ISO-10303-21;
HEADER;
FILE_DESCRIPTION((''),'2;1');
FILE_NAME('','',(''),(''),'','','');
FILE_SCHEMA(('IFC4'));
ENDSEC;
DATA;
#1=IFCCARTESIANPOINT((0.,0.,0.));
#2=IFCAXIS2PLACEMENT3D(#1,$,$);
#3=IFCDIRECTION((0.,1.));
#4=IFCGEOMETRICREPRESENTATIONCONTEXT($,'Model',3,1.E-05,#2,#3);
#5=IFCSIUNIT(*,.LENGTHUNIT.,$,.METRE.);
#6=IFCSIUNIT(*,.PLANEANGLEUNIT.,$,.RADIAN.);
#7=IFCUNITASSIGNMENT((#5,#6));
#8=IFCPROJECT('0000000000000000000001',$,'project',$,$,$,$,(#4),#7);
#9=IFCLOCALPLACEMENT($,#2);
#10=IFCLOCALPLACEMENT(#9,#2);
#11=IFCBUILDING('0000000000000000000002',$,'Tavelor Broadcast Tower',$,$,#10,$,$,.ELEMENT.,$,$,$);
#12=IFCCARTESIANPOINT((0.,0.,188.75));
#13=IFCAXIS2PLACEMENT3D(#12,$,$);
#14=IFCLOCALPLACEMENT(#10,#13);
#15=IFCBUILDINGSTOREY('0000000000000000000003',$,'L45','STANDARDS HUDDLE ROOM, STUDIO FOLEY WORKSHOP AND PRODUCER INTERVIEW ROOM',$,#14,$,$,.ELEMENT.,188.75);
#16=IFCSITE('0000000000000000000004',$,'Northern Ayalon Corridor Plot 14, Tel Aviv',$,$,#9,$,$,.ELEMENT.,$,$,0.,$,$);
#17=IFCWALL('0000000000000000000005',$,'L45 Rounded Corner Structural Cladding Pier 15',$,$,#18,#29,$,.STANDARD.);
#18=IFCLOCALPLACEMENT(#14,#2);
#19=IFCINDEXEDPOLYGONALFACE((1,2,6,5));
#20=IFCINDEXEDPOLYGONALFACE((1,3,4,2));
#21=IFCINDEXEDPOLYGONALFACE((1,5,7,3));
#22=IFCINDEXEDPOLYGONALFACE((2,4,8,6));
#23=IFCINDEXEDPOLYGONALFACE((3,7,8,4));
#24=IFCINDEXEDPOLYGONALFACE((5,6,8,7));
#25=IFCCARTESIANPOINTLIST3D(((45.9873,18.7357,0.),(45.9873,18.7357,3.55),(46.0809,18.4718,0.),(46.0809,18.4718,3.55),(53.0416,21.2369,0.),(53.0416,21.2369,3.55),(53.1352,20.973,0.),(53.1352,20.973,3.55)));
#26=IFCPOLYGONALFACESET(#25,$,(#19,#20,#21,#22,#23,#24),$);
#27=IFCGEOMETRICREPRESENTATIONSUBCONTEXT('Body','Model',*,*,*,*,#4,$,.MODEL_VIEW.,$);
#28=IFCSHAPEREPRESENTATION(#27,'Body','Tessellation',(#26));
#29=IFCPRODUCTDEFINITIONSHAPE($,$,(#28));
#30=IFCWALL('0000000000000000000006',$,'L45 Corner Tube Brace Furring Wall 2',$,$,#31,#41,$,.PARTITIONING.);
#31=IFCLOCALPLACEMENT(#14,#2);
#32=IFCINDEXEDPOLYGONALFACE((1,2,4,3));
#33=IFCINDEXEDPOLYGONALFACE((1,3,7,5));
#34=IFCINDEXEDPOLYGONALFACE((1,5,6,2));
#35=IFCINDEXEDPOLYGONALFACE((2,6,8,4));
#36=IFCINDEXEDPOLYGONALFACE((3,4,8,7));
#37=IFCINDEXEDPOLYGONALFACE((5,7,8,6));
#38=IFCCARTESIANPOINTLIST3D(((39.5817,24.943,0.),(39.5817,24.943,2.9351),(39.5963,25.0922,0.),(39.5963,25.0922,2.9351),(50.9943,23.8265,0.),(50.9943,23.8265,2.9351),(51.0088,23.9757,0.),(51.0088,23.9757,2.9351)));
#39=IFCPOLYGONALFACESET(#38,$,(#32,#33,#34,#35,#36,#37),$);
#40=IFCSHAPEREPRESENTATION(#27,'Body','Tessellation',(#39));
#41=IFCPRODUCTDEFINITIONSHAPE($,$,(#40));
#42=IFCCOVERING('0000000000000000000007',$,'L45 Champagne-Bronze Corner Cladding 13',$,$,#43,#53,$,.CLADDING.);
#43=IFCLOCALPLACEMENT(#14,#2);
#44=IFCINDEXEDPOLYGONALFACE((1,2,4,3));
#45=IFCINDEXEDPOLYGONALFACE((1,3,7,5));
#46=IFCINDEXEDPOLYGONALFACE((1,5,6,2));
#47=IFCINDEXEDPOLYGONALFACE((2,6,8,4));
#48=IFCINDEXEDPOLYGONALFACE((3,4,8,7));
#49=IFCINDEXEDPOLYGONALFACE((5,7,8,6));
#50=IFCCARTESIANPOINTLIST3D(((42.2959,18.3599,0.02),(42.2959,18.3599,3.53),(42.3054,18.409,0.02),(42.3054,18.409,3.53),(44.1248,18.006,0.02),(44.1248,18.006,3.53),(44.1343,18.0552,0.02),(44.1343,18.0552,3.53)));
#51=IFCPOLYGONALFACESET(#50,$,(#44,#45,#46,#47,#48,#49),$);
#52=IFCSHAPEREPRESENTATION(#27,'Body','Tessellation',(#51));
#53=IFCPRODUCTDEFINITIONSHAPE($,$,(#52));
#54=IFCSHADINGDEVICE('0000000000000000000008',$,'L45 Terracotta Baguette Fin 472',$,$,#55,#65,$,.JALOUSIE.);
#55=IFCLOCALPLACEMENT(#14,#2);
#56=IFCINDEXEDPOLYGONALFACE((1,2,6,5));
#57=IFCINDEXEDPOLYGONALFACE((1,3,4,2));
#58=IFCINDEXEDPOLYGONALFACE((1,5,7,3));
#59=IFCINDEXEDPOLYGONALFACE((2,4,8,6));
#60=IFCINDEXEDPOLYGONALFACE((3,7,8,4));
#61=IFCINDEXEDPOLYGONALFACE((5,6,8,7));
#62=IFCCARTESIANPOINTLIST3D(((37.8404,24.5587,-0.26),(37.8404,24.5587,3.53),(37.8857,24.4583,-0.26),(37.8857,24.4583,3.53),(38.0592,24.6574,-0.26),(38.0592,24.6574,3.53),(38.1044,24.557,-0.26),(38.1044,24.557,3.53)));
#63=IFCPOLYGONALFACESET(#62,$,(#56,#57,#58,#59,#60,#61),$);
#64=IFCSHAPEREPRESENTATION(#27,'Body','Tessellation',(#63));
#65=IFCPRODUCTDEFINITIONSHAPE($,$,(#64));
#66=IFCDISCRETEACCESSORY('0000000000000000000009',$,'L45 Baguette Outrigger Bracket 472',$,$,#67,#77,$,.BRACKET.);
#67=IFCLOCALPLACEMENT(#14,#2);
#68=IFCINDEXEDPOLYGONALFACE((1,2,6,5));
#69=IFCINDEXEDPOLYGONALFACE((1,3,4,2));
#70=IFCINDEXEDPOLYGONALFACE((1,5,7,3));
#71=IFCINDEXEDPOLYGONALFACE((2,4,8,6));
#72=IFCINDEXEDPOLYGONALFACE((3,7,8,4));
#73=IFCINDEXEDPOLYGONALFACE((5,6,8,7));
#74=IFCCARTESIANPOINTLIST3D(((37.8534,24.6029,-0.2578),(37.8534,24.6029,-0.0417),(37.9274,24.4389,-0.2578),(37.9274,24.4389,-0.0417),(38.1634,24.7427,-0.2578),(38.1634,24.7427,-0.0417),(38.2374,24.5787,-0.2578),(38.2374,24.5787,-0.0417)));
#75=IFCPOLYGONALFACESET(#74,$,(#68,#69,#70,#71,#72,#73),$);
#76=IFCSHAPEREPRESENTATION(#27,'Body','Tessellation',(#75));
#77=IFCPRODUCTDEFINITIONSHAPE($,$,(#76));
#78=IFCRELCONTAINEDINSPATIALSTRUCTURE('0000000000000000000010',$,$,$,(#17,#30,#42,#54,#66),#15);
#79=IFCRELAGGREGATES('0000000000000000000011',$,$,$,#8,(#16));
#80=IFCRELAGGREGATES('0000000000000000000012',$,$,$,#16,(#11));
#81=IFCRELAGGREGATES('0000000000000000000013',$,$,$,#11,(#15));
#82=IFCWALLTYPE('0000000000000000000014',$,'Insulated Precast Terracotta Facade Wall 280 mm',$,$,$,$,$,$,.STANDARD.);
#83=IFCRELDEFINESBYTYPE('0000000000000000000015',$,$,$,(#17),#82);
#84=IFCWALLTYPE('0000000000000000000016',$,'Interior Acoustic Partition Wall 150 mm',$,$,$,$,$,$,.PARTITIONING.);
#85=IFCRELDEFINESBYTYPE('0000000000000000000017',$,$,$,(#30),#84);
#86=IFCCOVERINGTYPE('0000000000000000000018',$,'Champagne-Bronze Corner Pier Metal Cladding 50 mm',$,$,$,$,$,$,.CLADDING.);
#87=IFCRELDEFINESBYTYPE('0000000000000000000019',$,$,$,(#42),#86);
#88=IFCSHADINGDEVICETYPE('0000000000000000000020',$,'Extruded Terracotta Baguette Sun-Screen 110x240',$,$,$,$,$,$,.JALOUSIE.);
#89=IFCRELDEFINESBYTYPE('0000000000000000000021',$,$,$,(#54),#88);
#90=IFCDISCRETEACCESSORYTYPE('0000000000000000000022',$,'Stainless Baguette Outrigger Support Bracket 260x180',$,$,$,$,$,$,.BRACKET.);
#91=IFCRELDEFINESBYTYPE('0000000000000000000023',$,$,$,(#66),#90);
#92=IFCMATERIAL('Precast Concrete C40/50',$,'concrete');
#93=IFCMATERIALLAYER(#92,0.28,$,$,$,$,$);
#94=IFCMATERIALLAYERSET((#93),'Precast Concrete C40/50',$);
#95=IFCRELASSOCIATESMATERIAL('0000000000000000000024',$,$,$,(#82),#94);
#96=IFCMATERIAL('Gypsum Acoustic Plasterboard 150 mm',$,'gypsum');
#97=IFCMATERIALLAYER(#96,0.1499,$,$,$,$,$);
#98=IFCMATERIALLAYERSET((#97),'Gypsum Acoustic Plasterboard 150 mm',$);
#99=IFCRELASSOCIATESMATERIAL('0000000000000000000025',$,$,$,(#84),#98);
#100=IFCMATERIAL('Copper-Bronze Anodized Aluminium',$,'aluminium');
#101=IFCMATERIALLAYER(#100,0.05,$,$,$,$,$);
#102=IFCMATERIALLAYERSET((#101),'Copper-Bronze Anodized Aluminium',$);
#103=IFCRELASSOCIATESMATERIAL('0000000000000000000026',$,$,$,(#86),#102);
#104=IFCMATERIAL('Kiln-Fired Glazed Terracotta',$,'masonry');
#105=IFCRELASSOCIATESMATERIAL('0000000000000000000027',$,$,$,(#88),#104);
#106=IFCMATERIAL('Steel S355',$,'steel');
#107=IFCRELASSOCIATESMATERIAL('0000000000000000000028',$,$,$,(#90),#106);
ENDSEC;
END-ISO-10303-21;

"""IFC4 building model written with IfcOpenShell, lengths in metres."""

from ifc_helpers import new_model, si_unit, direction, frame, frame_2d, origin, origin_2d, place, context, subcontext, project, spatial, rectangle, extrude, source, transform, mapped, material, layer, layer_set, type_object, type_shapes, element, save


model = new_model("IFC4")

# Units and contexts
model_context = context("Model", 3, precision=1e-05, world=origin(), true_north=direction((0.0, 1.0)))
body_context = subcontext(model_context, "Body", "Model", "MODEL_VIEW")
ifc_project = project(units=[si_unit("LENGTHUNIT", "METRE"), si_unit("PLANEANGLEUNIT", "RADIAN")], contexts=[model_context])

# Site, building, storey
site_placement = place(None, origin())
site = spatial("IfcSite", under=ifc_project, at=site_placement, Name="Northern Ayalon Corridor Plot 14, Tel Aviv", CompositionType="ELEMENT", RefElevation=0.0)
building_placement = place(site_placement, origin())
building = spatial("IfcBuilding", under=site, at=building_placement, Name="Tavelor Broadcast Tower", CompositionType="ELEMENT")
storey_placement = place(building_placement, frame((0.0, 0.0, 188.75)))
storey = spatial("IfcBuildingStorey", under=building, at=storey_placement, Name="L45", Description="STANDARDS HUDDLE ROOM, STUDIO FOLEY WORKSHOP AND PRODUCER INTERVIEW ROOM", CompositionType="ELEMENT", Elevation=188.75)

# Shared definitions
ifc_material_1 = material(Name="Steel S355", Category="steel")

# Walls
ifc_material_2 = material(Name="Precast Concrete C40/50", Category="concrete")
ifc_layer_1 = layer(ifc_material_2, 0.28)
ifc_layer_set_1 = layer_set([ifc_layer_1], Name="Precast Concrete C40/50")
wall_type_1 = type_object("IfcWallType", Name="Insulated Precast Terracotta Facade Wall 280 mm", PredefinedType="STANDARD", material=ifc_layer_set_1)
wall_1_placement = place(storey_placement, frame((46.0342, 18.6038, 0.0), z_axis=(0.0, 0.0, 1.0), x_axis=(0.942507, 0.334186, 0.0)))
element("IfcWall", 1, at=wall_1_placement, inside=storey, type_object=wall_type_1, Name="L45 Rounded Corner Structural Cladding Pier 15", PredefinedType="STANDARD", context=body_context, shape_type="SweptSolid", body=[
    extrude(rectangle(XDim=7.4846, YDim=0.28, at=frame_2d((3.7422, 0.0))), origin(), (0.0, 0.0, 1.0), 3.55),
])
ifc_material_3 = material(Name="Gypsum Acoustic Plasterboard 150 mm", Category="gypsum")
ifc_layer_2 = layer(ifc_material_3, 0.1499)
ifc_layer_set_2 = layer_set([ifc_layer_2], Name="Gypsum Acoustic Plasterboard 150 mm")
wall_type_2 = type_object("IfcWallType", Name="Interior Acoustic Partition Wall 150 mm", PredefinedType="PARTITIONING", material=ifc_layer_set_2)
wall_2_placement = place(storey_placement, frame((39.5891, 25.0176, 0.0), z_axis=(0.0, 0.0, 1.0), x_axis=(0.995249, -0.097362, 0.0)))
element("IfcWall", 2, at=wall_2_placement, inside=storey, type_object=wall_type_2, Name="L45 Corner Tube Brace Furring Wall 2", PredefinedType="PARTITIONING", context=body_context, shape_type="SweptSolid", body=[
    extrude(rectangle(XDim=11.467, YDim=0.1499, at=frame_2d((5.7334, 0.0))), origin(), (0.0, 0.0, 1.0), 2.9351),
])

# Covering
ifc_material_4 = material(Name="Copper-Bronze Anodized Aluminium", Category="aluminium")
ifc_layer_3 = layer(ifc_material_4, 0.05)
ifc_layer_set_3 = layer_set([ifc_layer_3], Name="Copper-Bronze Anodized Aluminium")
covering_type = type_object("IfcCoveringType", Name="Champagne-Bronze Corner Pier Metal Cladding 50 mm", PredefinedType="CLADDING", material=ifc_layer_set_3)
covering_placement = place(storey_placement, frame((43.2151, 18.2075, 0.02), z_axis=(0.0, 0.0, 1.0), x_axis=(0.981793, -0.189952, 0.0)))
element("IfcCovering", 3, at=covering_placement, inside=storey, type_object=covering_type, Name="L45 Champagne-Bronze Corner Cladding 13", PredefinedType="CLADDING", context=body_context, shape_type="SweptSolid", body=[
    extrude(rectangle(XDim=1.8628, YDim=0.05, at=origin_2d()), origin(), (0.0, 0.0, 1.0), 3.51),
])

# Shading device
ifc_material_5 = material(Name="Kiln-Fired Glazed Terracotta", Category="masonry")
shading_device_type = type_object("IfcShadingDeviceType", Name="Extruded Terracotta Baguette Sun-Screen 110x240", PredefinedType="JALOUSIE", material=ifc_material_5)
shared_shape_1 = source(origin(), body_context, "Body", "SweptSolid", [
    extrude(rectangle(XDim=0.1101, YDim=0.24, at=origin_2d()), origin(), (0.0, 0.0, 1.0), 3.79),
])
type_shapes(shading_device_type, [shared_shape_1])
shading_device_placement = place(storey_placement, frame((37.9724, 24.5579, -0.26), z_axis=(0.0, 0.0, 1.0), x_axis=(0.411196, -0.911547, 0.0)))
element("IfcShadingDevice", 4, at=shading_device_placement, inside=storey, type_object=shading_device_type, Name="L45 Terracotta Baguette Fin 472", PredefinedType="JALOUSIE", context=body_context, shape_type="MappedRepresentation", body=[
    mapped(shared_shape_1, transform((0.0, 0.0, 0.0), scale=1.0)),
])

# Discrete accessory
discrete_accessory_type = type_object("IfcDiscreteAccessoryType", Name="Stainless Baguette Outrigger Support Bracket 260x180", PredefinedType="BRACKET", material=ifc_material_1)
shared_shape_2 = source(origin(), body_context, "Body", "SweptSolid", [
    extrude(rectangle(XDim=0.1799, YDim=0.3401, at=origin_2d()), origin(), (0.0, 0.0, 1.0), 0.2161),
])
type_shapes(discrete_accessory_type, [shared_shape_2])
discrete_accessory_placement = place(storey_placement, frame((38.0454, 24.5908, -0.2578), z_axis=(0.0, 0.0, 1.0), x_axis=(0.411196, -0.911547, 0.0)))
element("IfcDiscreteAccessory", 5, at=discrete_accessory_placement, inside=storey, type_object=discrete_accessory_type, Name="L45 Baguette Outrigger Bracket 472", PredefinedType="BRACKET", context=body_context, shape_type="MappedRepresentation", body=[
    mapped(shared_shape_2, transform((0.0, 0.0, 0.0), scale=1.0)),
])

save(model, "model.ifc")
